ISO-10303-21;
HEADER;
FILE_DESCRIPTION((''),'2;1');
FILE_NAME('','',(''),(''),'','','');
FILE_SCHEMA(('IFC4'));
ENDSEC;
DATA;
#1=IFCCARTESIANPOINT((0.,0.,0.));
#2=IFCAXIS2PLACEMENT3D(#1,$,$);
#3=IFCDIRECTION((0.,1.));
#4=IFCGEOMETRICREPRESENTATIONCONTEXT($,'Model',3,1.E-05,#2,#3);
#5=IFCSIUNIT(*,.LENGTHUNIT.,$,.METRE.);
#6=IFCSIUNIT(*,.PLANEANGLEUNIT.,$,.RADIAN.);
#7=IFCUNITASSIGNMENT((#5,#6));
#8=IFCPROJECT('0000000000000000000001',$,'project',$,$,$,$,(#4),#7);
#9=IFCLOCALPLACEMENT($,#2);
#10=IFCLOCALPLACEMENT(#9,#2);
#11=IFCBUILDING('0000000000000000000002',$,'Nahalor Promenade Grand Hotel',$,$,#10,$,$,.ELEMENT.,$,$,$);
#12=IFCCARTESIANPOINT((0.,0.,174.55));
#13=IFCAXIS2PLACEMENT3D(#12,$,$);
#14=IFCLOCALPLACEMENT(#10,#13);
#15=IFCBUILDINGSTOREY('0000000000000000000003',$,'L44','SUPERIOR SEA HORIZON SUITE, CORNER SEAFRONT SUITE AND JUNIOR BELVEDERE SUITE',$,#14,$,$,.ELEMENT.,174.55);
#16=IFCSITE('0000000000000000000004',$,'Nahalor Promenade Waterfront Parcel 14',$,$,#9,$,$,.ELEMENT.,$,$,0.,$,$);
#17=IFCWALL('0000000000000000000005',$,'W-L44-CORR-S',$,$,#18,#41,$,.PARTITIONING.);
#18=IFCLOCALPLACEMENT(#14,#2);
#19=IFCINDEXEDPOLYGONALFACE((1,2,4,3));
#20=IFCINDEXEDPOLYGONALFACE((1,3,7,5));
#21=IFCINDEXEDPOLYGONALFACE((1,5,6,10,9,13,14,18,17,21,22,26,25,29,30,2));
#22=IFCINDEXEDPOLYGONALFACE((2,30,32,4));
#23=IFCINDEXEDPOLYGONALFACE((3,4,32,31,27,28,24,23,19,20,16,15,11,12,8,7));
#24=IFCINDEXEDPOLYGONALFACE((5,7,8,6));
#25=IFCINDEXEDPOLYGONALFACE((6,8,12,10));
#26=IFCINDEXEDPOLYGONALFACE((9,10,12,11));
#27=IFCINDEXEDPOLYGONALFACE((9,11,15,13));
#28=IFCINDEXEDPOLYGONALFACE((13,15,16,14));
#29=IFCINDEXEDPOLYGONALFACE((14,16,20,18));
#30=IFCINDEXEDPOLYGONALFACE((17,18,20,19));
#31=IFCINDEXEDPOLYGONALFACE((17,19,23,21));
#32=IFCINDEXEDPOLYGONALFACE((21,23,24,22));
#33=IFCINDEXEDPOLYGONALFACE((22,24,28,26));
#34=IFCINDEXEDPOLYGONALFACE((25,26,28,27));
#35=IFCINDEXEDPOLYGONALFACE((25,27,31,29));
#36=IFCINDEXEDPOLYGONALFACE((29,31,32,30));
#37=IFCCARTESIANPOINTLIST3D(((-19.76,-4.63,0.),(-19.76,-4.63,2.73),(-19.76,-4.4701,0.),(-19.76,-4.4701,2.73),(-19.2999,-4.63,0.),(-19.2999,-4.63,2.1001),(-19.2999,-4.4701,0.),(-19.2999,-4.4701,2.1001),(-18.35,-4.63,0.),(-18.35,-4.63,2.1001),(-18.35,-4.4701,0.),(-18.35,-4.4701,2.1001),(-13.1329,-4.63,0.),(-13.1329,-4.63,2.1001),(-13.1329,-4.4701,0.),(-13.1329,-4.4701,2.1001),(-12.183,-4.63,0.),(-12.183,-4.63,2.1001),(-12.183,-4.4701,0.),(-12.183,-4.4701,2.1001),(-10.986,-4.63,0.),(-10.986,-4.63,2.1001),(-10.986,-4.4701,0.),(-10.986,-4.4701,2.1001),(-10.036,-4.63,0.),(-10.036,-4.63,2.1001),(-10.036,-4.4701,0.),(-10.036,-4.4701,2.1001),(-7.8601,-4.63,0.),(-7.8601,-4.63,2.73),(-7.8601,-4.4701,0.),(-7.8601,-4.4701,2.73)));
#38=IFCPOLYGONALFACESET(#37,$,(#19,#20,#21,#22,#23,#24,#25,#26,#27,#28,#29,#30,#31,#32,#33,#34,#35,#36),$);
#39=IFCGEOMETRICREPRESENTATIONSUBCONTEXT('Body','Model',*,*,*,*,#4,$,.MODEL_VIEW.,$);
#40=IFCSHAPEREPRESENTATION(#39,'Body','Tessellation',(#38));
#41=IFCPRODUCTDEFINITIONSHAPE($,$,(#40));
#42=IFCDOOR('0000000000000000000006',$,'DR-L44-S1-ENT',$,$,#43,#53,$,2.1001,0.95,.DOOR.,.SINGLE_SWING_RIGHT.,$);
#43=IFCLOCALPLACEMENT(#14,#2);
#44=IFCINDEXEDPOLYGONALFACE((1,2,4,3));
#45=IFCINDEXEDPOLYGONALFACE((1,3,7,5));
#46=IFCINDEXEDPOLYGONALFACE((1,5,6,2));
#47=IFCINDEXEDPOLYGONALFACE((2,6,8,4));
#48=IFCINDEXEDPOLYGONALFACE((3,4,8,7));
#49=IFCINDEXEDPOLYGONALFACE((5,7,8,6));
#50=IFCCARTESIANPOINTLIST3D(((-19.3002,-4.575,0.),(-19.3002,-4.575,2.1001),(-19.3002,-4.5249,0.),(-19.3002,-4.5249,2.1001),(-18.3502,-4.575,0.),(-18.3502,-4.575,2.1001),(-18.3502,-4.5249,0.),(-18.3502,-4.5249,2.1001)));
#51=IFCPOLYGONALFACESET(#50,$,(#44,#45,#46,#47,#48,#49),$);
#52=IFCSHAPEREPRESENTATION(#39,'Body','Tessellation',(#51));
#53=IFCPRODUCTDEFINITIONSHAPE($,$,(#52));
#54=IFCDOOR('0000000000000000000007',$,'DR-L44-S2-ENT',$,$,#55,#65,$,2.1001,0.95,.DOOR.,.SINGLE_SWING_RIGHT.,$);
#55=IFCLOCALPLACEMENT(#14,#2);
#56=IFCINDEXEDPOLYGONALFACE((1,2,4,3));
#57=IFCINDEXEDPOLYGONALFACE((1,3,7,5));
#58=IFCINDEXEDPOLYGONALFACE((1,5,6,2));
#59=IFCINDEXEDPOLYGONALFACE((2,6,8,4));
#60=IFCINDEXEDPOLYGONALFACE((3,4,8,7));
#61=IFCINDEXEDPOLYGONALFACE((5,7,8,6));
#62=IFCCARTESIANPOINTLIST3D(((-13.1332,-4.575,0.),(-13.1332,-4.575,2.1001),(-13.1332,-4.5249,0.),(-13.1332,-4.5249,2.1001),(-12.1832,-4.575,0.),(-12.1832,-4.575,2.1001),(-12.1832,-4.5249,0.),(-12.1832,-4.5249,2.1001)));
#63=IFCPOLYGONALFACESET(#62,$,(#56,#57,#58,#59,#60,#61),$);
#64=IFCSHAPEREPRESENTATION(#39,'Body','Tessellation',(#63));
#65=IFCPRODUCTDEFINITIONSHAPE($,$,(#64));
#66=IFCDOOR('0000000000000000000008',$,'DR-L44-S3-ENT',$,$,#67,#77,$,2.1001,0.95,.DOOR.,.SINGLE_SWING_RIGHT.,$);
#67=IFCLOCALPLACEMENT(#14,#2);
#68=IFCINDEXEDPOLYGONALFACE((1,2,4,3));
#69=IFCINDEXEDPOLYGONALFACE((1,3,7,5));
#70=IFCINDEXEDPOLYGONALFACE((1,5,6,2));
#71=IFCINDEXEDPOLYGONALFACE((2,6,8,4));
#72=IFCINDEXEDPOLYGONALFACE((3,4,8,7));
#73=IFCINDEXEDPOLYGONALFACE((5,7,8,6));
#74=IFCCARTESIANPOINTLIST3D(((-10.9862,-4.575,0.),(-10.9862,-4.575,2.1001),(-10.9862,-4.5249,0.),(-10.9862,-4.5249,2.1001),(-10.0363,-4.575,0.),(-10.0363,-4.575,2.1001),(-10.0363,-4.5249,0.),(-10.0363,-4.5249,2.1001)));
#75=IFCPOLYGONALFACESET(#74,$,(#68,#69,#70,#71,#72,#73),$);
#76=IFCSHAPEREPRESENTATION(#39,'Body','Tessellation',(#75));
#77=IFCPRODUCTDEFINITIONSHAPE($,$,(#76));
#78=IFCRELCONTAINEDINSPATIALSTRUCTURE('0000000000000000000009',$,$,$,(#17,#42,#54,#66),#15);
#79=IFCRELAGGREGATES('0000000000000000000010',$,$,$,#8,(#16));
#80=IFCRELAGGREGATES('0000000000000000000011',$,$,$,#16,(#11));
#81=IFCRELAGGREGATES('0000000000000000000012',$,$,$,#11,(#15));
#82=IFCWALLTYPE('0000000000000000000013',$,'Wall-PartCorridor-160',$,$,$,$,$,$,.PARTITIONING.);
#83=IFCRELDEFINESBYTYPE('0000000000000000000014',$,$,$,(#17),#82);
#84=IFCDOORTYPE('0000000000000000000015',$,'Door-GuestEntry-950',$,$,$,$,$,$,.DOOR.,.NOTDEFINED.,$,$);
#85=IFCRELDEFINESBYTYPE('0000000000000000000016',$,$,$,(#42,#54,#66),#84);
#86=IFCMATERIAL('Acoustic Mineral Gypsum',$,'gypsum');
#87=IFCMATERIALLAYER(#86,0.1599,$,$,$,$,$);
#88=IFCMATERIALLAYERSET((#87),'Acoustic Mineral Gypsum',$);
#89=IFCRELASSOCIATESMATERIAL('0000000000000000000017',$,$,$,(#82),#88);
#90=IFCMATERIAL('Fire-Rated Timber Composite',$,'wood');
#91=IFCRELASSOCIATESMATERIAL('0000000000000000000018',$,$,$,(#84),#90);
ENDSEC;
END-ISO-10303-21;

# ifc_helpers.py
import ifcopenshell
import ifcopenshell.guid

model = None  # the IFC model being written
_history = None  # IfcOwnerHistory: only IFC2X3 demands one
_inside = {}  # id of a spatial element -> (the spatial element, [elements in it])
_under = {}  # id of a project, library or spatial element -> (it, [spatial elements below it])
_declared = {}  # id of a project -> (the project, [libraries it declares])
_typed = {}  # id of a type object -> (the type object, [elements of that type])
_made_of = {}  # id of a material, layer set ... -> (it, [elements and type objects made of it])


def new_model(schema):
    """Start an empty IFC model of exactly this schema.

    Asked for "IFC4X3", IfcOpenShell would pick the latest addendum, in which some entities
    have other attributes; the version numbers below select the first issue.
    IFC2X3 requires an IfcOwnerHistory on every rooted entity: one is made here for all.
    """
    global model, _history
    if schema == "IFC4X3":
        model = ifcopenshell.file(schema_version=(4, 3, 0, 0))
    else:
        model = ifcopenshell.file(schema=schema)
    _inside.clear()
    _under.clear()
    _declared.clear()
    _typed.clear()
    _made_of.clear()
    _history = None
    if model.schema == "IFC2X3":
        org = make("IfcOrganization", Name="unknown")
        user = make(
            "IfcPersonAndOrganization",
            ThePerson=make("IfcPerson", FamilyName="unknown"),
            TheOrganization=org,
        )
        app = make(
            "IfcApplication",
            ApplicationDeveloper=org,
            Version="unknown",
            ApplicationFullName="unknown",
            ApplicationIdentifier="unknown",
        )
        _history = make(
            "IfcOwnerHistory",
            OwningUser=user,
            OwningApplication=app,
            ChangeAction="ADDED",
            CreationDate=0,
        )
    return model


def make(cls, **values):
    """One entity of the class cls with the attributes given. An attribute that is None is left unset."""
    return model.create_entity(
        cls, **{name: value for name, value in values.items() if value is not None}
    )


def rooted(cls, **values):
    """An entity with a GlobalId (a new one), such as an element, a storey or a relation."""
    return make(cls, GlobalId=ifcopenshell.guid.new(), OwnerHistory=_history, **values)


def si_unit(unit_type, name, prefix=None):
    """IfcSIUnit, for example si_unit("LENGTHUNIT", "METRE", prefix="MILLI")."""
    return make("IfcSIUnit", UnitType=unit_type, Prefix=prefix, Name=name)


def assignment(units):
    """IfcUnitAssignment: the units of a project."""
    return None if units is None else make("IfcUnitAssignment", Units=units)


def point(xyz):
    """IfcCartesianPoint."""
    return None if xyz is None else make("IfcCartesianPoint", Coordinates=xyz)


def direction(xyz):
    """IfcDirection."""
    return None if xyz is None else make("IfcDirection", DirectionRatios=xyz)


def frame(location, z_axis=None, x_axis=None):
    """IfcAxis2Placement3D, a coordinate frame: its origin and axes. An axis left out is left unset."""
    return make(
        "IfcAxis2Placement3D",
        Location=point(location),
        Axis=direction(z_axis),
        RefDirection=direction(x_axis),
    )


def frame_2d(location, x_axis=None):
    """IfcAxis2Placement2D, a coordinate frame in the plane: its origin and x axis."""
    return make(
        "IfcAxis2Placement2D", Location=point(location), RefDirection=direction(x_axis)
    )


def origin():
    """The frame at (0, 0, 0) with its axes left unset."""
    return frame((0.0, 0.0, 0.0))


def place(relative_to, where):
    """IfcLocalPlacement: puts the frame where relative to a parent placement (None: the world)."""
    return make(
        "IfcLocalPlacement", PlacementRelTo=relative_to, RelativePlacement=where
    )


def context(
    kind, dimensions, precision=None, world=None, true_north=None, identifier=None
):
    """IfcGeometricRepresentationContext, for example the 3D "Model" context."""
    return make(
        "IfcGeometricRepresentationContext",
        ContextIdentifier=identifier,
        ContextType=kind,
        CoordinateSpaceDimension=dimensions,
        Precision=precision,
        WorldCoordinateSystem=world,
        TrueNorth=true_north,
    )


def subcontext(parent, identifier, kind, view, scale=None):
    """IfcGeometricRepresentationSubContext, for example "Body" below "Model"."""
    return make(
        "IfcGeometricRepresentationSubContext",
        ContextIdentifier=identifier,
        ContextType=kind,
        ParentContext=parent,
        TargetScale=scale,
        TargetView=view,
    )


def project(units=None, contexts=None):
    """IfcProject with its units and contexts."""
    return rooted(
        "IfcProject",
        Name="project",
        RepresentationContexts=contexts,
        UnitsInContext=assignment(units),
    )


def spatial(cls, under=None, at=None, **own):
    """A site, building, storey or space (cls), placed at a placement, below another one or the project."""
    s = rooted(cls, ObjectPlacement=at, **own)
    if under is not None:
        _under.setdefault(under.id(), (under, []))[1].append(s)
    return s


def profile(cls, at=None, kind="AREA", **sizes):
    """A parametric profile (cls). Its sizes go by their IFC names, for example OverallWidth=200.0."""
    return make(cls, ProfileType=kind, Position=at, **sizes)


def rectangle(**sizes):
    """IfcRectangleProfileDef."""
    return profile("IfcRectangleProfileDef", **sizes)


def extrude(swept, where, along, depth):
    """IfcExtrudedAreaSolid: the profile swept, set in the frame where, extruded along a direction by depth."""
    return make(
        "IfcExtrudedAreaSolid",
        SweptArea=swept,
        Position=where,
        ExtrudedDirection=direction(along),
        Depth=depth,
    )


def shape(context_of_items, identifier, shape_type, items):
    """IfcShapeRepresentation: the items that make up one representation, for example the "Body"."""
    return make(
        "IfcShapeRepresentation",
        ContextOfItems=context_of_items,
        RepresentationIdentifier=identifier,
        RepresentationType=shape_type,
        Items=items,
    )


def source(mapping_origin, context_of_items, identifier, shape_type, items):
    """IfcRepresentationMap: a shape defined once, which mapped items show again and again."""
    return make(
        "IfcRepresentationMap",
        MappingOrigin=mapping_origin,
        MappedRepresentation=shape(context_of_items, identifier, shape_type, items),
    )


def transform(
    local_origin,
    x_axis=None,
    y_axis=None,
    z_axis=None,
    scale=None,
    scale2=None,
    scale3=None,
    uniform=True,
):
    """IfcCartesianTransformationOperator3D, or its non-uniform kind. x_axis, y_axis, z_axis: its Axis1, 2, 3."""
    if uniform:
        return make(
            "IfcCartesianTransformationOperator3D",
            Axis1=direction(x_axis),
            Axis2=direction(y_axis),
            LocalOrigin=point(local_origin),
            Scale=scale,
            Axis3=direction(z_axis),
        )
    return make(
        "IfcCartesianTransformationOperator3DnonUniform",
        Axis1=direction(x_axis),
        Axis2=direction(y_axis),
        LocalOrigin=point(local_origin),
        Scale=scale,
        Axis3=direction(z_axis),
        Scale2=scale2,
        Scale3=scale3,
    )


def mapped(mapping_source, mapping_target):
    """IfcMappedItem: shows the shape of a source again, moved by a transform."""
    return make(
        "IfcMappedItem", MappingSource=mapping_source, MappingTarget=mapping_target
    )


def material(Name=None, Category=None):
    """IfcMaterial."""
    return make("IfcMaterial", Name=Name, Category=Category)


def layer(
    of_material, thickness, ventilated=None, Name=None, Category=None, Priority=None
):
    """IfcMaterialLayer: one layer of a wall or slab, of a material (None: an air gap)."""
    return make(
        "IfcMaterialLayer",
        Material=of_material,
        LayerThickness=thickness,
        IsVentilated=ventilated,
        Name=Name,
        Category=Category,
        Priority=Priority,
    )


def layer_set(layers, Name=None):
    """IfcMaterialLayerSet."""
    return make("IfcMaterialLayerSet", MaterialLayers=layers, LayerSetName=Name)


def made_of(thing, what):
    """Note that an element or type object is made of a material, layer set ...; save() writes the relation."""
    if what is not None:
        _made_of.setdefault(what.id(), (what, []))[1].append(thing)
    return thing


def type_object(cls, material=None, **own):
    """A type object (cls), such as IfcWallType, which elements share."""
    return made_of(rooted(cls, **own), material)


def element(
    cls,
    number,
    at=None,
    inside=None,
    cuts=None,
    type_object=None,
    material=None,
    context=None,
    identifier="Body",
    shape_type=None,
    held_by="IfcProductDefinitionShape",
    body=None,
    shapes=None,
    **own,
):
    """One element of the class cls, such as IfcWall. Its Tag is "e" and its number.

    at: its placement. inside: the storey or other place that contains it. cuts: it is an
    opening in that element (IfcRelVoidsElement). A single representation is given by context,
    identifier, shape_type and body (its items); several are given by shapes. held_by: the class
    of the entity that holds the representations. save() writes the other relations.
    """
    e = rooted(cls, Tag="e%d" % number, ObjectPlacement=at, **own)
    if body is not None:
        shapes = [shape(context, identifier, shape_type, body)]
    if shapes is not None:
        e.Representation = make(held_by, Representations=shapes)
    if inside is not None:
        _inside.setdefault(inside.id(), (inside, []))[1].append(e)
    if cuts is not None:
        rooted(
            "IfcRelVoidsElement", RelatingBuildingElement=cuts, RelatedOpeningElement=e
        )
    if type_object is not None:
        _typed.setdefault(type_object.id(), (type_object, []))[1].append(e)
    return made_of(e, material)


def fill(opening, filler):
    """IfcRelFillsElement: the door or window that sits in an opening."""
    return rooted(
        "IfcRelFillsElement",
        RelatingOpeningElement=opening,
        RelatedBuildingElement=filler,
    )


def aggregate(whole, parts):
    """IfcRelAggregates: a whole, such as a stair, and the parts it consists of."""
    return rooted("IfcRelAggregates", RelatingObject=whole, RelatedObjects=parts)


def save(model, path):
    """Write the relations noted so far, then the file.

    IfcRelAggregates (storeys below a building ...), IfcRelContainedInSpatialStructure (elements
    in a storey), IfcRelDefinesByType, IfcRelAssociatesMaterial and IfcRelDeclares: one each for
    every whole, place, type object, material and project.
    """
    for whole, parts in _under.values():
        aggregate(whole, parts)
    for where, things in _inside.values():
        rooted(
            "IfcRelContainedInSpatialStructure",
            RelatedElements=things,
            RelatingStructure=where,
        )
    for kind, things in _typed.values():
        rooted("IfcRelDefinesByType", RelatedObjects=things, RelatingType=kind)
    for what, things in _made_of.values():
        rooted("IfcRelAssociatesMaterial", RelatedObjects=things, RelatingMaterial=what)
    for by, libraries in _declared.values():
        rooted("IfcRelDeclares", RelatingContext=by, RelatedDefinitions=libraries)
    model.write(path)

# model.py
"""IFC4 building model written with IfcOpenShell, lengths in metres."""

from ifc_helpers import new_model, si_unit, direction, frame, frame_2d, origin, place, context, subcontext, project, spatial, rectangle, extrude, source, transform, mapped, material, layer, layer_set, type_object, element, fill, save


model = new_model("IFC4")

# Units and contexts
model_context = context("Model", 3, precision=1e-05, world=origin(), true_north=direction((0.0, 1.0)))
body_context = subcontext(model_context, "Body", "Model", "MODEL_VIEW")
ifc_project = project(units=[si_unit("LENGTHUNIT", "METRE"), si_unit("PLANEANGLEUNIT", "RADIAN")], contexts=[model_context])

# Site, building, storey
site_placement = place(None, origin())
site = spatial("IfcSite", under=ifc_project, at=site_placement, Name="Nahalor Promenade Waterfront Parcel 14", CompositionType="ELEMENT", RefElevation=0.0)
building_placement = place(site_placement, origin())
building = spatial("IfcBuilding", under=site, at=building_placement, Name="Nahalor Promenade Grand Hotel", CompositionType="ELEMENT")
storey_placement = place(building_placement, frame((0.0, 0.0, 174.55)))
storey = spatial("IfcBuildingStorey", under=building, at=storey_placement, Name="L44", Description="SUPERIOR SEA HORIZON SUITE, CORNER SEAFRONT SUITE AND JUNIOR BELVEDERE SUITE", CompositionType="ELEMENT", Elevation=174.55)

# Wall, openings, doors
ifc_material_1 = material(Name="Acoustic Mineral Gypsum", Category="gypsum")
ifc_layer_1 = layer(ifc_material_1, 0.1599)
ifc_layer_set_1 = layer_set([ifc_layer_1], Name="Acoustic Mineral Gypsum")
wall_type = type_object("IfcWallType", Name="Wall-PartCorridor-160", PredefinedType="PARTITIONING", material=ifc_layer_set_1)
shared_shape_1 = source(origin(), body_context, "Body", "SweptSolid", [
    extrude(rectangle(XDim=11.8999, YDim=0.1599, at=frame_2d((5.95, 0.0))), origin(), (0.0, 0.0, 1.0), 2.73),
])
wall_placement = place(storey_placement, frame((-19.76, -4.55, 0.0), z_axis=(0.0, 0.0, 1.0), x_axis=(1.0, 0.0, 0.0)))
wall = element("IfcWall", 1, at=wall_placement, inside=storey, type_object=wall_type, Name="W-L44-CORR-S", PredefinedType="PARTITIONING", context=body_context, shape_type="MappedRepresentation", body=[
    mapped(shared_shape_1, transform((0.0, 0.0, 0.0), scale=1.0)),
])
opening_1_placement = place(wall_placement, frame((0.46, 0.0, 0.0)))
opening_1 = element("IfcOpeningElement", 2, at=opening_1_placement, cuts=wall, PredefinedType="OPENING", context=body_context, shape_type="SweptSolid", body=[
    extrude(rectangle(XDim=0.95, YDim=2.1001, at=frame_2d((0.4751, 1.05))), frame((0.0, 0.0898, 0.0), z_axis=(0.0, -1.0, 0.0), x_axis=(1.0, 0.0, 0.0)), (0.0, 0.0, 1.0), 0.1799),
])
opening_2_placement = place(wall_placement, frame((6.627, 0.0, 0.0)))
opening_2 = element("IfcOpeningElement", 3, at=opening_2_placement, cuts=wall, PredefinedType="OPENING", context=body_context, shape_type="SweptSolid", body=[
    extrude(rectangle(XDim=0.95, YDim=2.1001, at=frame_2d((0.4751, 1.05))), frame((0.0, 0.0898, 0.0), z_axis=(0.0, -1.0, 0.0), x_axis=(1.0, 0.0, 0.0)), (0.0, 0.0, 1.0), 0.1799),
])
opening_3_placement = place(wall_placement, frame((8.7739, 0.0, 0.0)))
opening_3 = element("IfcOpeningElement", 4, at=opening_3_placement, cuts=wall, PredefinedType="OPENING", context=body_context, shape_type="SweptSolid", body=[
    extrude(rectangle(XDim=0.95, YDim=2.1001, at=frame_2d((0.4751, 1.05))), frame((0.0, 0.0898, 0.0), z_axis=(0.0, -1.0, 0.0), x_axis=(1.0, 0.0, 0.0)), (0.0, 0.0, 1.0), 0.1799),
])
ifc_material_2 = material(Name="Fire-Rated Timber Composite", Category="wood")
door_type = type_object("IfcDoorType", Name="Door-GuestEntry-950", OperationType="NOTDEFINED", PredefinedType="DOOR", material=ifc_material_2)
shared_shape_2 = source(origin(), body_context, "Body", "SweptSolid", [
    extrude(rectangle(XDim=0.95, YDim=2.1001, at=frame_2d((0.4751, 1.05))), frame((0.0, 0.0249, 0.0), z_axis=(0.0, -1.0, 0.0), x_axis=(1.0, 0.0, 0.0)), (0.0, 0.0, 1.0), 0.05),
])
door_1_placement = place(opening_1_placement, frame((0.95, 0.0, 0.0), z_axis=(0.0, 0.0, 1.0), x_axis=(-1.0, 0.0, 0.0)))
door_1 = element("IfcDoor", 5, at=door_1_placement, inside=storey, type_object=door_type, Name="DR-L44-S1-ENT", OperationType="SINGLE_SWING_RIGHT", OverallHeight=2.1001, OverallWidth=0.95, PredefinedType="DOOR", context=body_context, shape_type="MappedRepresentation", body=[
    mapped(shared_shape_2, transform((0.0, 0.0, 0.0), scale=1.0)),
])
fill(opening_1, door_1)
door_2_placement = place(opening_2_placement, frame((0.95, 0.0, 0.0), z_axis=(0.0, 0.0, 1.0), x_axis=(-1.0, 0.0, 0.0)))
door_2 = element("IfcDoor", 6, at=door_2_placement, inside=storey, type_object=door_type, Name="DR-L44-S2-ENT", OperationType="SINGLE_SWING_RIGHT", OverallHeight=2.1001, OverallWidth=0.95, PredefinedType="DOOR", context=body_context, shape_type="MappedRepresentation", body=[
    mapped(shared_shape_2, transform((0.0, 0.0, 0.0), scale=1.0)),
])
fill(opening_2, door_2)
door_3_placement = place(opening_3_placement, frame((0.95, 0.0, 0.0), z_axis=(0.0, 0.0, 1.0), x_axis=(-1.0, 0.0, 0.0)))
door_3 = element("IfcDoor", 7, at=door_3_placement, inside=storey, type_object=door_type, Name="DR-L44-S3-ENT", OperationType="SINGLE_SWING_RIGHT", OverallHeight=2.1001, OverallWidth=0.95, PredefinedType="DOOR", context=body_context, shape_type="MappedRepresentation", body=[
    mapped(shared_shape_2, transform((0.0, 0.0, 0.0), scale=1.0)),
])
fill(opening_3, door_3)

save(model, "model.ifc")
